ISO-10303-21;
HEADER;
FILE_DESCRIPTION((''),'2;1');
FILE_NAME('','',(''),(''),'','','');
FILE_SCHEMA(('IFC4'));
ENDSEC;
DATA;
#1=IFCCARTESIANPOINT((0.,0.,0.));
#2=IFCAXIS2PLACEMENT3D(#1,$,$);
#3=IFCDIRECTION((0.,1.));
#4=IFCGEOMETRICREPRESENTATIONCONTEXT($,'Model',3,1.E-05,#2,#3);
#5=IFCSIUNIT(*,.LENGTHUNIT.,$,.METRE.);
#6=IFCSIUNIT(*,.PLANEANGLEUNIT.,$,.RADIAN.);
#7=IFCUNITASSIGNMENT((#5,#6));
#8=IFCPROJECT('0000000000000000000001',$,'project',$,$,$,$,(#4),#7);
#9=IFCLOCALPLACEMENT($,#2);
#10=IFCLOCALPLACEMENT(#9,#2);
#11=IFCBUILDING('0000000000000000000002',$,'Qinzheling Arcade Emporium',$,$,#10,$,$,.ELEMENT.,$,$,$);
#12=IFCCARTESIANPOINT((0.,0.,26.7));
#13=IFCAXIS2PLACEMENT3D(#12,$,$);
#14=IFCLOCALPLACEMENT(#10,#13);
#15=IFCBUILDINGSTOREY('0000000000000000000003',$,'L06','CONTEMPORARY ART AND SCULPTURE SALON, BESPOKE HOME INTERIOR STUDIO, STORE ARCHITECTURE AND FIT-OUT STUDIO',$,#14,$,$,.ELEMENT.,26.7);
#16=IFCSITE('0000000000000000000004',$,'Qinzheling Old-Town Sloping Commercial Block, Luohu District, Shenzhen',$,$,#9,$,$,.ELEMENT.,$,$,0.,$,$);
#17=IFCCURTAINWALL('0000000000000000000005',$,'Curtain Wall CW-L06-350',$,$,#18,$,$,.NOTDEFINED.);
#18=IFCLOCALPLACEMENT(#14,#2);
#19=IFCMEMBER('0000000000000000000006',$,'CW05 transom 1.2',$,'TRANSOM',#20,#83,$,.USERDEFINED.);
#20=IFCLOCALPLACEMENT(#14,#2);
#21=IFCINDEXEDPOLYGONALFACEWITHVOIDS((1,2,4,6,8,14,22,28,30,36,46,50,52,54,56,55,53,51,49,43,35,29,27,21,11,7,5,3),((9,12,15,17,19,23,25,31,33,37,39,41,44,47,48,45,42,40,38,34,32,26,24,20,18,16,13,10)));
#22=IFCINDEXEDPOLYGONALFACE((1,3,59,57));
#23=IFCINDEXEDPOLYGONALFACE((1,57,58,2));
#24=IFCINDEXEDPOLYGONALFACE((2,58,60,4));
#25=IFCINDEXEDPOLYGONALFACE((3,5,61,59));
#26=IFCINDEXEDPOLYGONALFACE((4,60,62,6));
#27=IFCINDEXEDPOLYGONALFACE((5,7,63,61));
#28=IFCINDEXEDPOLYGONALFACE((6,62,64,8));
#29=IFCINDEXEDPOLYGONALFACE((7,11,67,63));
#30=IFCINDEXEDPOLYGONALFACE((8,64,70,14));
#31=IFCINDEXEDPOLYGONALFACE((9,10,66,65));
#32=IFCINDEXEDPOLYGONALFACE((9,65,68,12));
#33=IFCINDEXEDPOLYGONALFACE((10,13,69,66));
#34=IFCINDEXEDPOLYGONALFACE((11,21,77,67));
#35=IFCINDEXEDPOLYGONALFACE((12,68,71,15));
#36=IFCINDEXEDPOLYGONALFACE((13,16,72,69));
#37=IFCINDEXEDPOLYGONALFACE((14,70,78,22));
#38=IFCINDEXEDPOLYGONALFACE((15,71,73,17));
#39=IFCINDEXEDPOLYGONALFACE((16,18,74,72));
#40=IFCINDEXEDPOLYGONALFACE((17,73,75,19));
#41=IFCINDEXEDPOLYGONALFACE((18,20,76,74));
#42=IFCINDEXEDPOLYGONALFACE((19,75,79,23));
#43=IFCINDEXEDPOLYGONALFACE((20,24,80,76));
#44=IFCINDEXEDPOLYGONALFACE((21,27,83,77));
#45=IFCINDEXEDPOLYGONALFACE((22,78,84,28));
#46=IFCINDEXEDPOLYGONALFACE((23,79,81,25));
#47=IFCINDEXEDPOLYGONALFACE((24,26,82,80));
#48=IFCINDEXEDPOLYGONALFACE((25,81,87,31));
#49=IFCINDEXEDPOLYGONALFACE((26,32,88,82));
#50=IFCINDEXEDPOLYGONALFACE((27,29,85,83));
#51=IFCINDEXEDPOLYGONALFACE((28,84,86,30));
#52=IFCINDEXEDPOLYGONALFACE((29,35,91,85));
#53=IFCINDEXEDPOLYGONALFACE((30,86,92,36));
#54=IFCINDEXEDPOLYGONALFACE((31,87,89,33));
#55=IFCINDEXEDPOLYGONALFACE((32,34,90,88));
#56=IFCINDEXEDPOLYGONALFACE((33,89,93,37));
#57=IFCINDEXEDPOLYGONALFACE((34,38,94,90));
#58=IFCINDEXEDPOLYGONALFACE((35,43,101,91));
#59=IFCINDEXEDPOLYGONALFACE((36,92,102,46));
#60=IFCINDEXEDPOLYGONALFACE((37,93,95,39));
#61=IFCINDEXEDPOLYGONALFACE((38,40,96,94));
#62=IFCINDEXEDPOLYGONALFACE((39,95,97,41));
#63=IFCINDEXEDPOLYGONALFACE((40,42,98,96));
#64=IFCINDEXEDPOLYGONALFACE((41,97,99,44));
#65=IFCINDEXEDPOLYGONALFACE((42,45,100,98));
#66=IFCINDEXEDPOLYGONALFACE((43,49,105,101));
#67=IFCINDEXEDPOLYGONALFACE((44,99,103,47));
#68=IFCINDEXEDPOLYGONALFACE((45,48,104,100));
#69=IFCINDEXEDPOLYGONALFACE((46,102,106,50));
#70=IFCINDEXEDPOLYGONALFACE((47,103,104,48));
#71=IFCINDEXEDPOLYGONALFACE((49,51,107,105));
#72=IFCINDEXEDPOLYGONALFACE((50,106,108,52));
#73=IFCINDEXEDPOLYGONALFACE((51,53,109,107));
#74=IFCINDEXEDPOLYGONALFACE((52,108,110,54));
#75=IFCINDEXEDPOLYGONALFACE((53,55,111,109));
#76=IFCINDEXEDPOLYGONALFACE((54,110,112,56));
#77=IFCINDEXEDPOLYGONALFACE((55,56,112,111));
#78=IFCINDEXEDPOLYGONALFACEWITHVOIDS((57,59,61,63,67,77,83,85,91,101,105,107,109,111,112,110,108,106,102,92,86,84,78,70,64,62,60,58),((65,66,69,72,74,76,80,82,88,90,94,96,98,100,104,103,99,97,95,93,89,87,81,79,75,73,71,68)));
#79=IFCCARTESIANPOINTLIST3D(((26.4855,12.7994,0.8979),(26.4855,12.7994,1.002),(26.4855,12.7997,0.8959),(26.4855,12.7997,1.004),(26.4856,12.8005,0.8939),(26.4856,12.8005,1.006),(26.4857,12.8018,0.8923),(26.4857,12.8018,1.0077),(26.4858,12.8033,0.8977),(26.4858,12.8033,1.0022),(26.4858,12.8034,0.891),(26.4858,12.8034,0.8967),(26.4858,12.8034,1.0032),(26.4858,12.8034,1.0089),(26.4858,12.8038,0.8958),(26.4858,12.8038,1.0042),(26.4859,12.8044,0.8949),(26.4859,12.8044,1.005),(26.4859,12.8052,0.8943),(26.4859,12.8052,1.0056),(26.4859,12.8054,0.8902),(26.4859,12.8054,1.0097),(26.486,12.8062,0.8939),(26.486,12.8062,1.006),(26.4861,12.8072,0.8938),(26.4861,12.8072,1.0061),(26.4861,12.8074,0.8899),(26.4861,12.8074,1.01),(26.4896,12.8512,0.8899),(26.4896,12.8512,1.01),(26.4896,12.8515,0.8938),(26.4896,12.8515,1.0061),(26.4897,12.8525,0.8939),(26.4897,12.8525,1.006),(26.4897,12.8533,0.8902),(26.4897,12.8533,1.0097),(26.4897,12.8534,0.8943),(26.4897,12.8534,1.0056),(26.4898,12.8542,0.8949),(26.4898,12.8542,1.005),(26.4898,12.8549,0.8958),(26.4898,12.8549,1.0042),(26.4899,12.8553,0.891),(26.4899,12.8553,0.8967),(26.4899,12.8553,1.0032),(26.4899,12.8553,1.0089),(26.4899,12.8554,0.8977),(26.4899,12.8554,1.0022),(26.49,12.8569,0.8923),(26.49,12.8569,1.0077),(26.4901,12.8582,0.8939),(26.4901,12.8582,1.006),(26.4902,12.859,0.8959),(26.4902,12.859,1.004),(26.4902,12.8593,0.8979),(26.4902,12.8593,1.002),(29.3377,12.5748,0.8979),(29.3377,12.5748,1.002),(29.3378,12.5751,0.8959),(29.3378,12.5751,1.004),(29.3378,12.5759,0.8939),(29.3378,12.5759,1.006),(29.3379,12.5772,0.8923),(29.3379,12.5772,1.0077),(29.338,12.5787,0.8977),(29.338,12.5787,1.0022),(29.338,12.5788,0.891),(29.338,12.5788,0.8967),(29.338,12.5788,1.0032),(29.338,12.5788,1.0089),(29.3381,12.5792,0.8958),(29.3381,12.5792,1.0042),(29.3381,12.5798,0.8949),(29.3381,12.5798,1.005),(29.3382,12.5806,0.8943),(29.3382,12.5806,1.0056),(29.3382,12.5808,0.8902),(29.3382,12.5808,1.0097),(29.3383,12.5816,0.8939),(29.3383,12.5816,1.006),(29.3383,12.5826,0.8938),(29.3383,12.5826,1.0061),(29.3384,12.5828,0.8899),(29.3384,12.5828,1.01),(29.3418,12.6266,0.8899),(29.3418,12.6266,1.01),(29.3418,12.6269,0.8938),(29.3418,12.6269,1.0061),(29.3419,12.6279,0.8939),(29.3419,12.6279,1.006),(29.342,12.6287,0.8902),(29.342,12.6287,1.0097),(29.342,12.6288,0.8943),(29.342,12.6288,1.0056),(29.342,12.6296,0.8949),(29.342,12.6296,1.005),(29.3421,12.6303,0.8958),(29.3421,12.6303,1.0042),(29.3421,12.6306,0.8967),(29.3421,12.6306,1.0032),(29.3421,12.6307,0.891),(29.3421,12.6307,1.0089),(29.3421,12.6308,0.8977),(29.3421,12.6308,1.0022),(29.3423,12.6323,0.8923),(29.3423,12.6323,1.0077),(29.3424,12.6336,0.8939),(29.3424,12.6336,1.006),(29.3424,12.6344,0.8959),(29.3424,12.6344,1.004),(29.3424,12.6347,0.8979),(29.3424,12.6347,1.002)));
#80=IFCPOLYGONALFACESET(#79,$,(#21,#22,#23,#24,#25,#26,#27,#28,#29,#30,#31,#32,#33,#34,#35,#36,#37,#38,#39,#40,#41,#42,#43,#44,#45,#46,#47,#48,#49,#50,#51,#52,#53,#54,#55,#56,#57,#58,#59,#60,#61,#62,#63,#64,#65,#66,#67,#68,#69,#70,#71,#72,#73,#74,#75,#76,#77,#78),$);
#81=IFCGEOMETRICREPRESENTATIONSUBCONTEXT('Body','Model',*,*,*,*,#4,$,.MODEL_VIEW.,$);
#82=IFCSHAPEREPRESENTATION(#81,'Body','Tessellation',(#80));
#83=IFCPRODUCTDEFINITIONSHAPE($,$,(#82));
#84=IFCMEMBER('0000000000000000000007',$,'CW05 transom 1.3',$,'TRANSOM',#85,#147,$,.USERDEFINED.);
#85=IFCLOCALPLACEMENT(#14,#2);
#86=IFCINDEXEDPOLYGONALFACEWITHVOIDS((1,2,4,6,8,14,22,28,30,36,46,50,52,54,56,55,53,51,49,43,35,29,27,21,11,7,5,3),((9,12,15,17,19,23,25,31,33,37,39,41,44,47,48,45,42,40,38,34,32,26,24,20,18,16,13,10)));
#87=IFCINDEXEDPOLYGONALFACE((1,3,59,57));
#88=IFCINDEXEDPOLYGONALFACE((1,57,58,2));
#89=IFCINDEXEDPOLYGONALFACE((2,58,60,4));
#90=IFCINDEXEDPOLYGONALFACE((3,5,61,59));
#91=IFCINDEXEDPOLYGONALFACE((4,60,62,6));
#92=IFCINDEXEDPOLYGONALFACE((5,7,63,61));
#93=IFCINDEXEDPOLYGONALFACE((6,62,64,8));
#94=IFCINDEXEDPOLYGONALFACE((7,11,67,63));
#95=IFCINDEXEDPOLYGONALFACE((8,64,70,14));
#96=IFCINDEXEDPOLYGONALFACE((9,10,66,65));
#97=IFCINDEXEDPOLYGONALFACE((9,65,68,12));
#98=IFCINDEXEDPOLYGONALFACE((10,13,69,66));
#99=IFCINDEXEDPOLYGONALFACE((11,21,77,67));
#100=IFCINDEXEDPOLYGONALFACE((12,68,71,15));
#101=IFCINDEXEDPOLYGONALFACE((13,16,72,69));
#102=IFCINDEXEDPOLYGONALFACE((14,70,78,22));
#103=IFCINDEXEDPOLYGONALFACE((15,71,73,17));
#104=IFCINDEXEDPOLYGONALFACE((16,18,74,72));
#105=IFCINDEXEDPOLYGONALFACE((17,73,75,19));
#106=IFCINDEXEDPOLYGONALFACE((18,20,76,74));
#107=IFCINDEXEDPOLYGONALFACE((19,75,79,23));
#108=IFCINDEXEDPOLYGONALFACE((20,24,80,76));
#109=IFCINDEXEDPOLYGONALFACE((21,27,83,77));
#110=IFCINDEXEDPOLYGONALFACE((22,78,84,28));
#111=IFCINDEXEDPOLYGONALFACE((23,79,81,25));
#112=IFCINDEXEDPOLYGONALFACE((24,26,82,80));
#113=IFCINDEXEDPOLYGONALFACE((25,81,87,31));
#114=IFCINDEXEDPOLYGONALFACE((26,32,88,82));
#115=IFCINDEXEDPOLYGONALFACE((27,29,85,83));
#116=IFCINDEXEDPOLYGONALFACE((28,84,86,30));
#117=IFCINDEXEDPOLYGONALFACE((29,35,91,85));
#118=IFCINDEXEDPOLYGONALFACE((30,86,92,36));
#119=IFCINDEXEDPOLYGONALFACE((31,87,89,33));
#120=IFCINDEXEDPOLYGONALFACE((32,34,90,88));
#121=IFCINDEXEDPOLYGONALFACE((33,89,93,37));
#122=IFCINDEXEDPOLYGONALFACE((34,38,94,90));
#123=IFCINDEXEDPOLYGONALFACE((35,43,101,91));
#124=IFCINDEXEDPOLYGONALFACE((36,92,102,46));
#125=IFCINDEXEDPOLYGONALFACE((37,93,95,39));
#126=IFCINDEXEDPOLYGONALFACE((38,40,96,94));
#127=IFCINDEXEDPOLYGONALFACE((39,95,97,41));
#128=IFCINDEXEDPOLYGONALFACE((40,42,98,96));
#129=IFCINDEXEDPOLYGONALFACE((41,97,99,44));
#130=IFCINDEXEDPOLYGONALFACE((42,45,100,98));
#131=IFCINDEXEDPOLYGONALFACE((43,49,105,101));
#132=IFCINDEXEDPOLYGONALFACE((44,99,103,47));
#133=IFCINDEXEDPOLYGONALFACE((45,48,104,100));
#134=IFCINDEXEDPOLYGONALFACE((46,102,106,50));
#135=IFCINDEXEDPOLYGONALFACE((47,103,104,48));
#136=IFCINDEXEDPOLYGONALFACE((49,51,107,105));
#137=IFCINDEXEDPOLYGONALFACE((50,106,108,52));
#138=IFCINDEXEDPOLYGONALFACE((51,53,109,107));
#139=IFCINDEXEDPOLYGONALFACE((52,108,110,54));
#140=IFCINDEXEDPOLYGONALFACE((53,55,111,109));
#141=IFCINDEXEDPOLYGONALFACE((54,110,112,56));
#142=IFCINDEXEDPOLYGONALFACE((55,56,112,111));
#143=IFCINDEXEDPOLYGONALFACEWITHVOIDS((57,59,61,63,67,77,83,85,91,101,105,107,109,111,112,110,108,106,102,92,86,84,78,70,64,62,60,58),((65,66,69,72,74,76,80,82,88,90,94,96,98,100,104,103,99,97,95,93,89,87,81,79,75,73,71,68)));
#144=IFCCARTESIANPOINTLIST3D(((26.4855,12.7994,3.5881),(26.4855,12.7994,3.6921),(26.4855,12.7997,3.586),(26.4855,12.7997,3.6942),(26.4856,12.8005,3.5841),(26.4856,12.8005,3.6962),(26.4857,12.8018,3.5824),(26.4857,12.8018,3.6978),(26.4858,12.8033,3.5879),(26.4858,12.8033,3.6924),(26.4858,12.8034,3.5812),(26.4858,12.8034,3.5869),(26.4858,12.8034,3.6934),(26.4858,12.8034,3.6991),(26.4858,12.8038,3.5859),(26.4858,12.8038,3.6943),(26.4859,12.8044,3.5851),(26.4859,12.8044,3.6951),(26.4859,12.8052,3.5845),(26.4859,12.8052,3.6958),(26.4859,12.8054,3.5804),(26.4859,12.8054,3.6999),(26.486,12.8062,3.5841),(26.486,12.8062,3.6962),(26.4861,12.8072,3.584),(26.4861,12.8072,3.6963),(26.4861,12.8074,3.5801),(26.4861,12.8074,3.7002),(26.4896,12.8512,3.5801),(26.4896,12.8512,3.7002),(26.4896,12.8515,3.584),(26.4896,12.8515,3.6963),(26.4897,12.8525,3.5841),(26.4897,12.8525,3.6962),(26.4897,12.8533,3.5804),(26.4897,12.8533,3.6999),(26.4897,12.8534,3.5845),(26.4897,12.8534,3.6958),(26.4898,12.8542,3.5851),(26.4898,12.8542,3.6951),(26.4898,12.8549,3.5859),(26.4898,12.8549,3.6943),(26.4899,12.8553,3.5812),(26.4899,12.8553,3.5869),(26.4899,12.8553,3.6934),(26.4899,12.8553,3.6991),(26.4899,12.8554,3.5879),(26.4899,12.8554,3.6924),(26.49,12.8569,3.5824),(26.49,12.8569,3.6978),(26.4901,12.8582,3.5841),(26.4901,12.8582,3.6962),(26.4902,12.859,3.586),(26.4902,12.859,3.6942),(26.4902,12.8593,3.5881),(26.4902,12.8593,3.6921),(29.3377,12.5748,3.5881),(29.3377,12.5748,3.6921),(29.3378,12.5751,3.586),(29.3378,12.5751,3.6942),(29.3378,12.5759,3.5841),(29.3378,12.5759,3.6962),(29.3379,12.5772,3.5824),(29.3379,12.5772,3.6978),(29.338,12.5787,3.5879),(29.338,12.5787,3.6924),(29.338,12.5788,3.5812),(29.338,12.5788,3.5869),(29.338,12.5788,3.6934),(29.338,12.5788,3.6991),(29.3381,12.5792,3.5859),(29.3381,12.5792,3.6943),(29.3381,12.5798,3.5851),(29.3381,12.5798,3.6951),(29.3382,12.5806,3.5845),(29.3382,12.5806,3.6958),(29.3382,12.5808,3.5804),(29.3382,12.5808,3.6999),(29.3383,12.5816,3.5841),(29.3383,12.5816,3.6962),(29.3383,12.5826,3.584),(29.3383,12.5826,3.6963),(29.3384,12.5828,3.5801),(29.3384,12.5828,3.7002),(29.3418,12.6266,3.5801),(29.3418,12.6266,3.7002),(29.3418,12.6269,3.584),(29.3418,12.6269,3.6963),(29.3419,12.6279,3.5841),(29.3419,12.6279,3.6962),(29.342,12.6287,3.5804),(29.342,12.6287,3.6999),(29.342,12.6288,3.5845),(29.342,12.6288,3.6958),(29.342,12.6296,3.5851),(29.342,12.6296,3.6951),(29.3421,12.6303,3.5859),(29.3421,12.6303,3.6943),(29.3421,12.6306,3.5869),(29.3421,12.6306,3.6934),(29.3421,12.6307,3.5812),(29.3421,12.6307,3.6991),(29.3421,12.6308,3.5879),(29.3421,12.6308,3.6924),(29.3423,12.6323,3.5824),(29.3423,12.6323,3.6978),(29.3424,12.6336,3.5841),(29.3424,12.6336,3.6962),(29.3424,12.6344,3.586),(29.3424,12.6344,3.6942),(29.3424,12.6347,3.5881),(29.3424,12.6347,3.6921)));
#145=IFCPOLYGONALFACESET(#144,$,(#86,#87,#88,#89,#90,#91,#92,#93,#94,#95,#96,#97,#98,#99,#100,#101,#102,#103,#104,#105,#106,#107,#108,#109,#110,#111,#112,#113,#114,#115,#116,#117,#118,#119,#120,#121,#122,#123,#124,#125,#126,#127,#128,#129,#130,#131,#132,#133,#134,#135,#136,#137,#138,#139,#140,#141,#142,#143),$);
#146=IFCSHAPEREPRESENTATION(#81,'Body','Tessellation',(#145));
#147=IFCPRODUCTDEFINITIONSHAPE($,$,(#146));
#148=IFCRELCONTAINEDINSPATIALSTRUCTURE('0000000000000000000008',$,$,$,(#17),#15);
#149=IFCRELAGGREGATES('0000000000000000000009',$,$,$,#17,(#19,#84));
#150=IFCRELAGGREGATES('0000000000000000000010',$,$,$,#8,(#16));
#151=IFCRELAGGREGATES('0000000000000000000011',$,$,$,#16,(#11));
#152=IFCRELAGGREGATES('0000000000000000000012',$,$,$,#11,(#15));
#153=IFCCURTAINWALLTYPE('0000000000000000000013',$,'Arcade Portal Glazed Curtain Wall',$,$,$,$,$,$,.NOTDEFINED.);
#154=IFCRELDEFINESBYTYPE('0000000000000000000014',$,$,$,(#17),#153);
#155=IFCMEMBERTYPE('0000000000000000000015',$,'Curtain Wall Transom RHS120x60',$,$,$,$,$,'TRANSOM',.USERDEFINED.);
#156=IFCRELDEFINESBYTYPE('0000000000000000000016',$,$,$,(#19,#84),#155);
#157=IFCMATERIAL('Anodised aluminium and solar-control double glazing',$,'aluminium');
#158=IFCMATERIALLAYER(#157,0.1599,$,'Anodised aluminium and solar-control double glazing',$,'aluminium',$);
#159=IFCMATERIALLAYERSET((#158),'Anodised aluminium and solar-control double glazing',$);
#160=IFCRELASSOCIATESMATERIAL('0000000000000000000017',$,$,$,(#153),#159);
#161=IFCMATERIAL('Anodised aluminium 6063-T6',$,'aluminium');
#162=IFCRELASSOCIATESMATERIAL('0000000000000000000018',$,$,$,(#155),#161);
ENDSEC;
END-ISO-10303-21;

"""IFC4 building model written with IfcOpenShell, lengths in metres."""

from ifc_helpers import new_model, si_unit, direction, frame, origin, origin_2d, place, context, subcontext, project, spatial, hollow_rectangle, extrude, material, layer, layer_set, material_profile, profile_set, type_object, element, aggregate, save


model = new_model("IFC4")

# Units and contexts
model_context = context("Model", 3, precision=1e-05, world=origin(), true_north=direction((0.0, 1.0)))
body_context = subcontext(model_context, "Body", "Model", "MODEL_VIEW")
ifc_project = project(units=[si_unit("LENGTHUNIT", "METRE"), si_unit("PLANEANGLEUNIT", "RADIAN")], contexts=[model_context])

# Site, building, storey
site_placement = place(None, origin())
site = spatial("IfcSite", under=ifc_project, at=site_placement, Name="Qinzheling Old-Town Sloping Commercial Block, Luohu District, Shenzhen", CompositionType="ELEMENT", RefElevation=0.0)
building_placement = place(site_placement, origin())
building = spatial("IfcBuilding", under=site, at=building_placement, Name="Qinzheling Arcade Emporium", CompositionType="ELEMENT")
storey_placement = place(building_placement, frame((0.0, 0.0, 26.7)))
storey = spatial("IfcBuildingStorey", under=building, at=storey_placement, Name="L06", Description="CONTEMPORARY ART AND SCULPTURE SALON, BESPOKE HOME INTERIOR STUDIO, STORE ARCHITECTURE AND FIT-OUT STUDIO", CompositionType="ELEMENT", Elevation=26.7)

# Curtain wall
ifc_material_1 = material(Name="Anodised aluminium and solar-control double glazing", Category="aluminium")
ifc_layer_1 = layer(ifc_material_1, 0.1599, Name="Anodised aluminium and solar-control double glazing", Category="aluminium")
ifc_layer_set_1 = layer_set([ifc_layer_1], Name="Anodised aluminium and solar-control double glazing")
curtain_wall_type_1 = type_object("IfcCurtainWallType", Name="Arcade Portal Glazed Curtain Wall", PredefinedType="NOTDEFINED", material=ifc_layer_set_1)
ifc_material_2 = material(Name="Anodised aluminium 6063-T6", Category="aluminium")
curtain_wall_1_placement = place(storey_placement, origin())
curtain_wall_1 = element("IfcCurtainWall", 1, at=curtain_wall_1_placement, inside=storey, type_object=curtain_wall_type_1, Name="Curtain Wall CW-L06-350", PredefinedType="NOTDEFINED")

# Members
ifc_material_profile_1 = material_profile(ifc_material_2, hollow_rectangle(XDim=0.0601, YDim=0.1201, WallThickness=0.0039, InnerFilletRadius=0.0039, OuterFilletRadius=0.0081, at=origin_2d()), Name="RHS 120x60x4", Category="aluminium")
ifc_profile_set_1 = profile_set([ifc_material_profile_1], Name="Anodised aluminium 6063-T6")
member_type_1 = type_object("IfcMemberType", Name="Curtain Wall Transom RHS120x60", ElementType="TRANSOM", PredefinedType="USERDEFINED", material=ifc_profile_set_1)
member_1_placement = place(storey_placement, frame((29.3401, 12.6047, 0.95), z_axis=(-0.996914, 0.078504, 0.0), x_axis=(-0.078504, -0.996914, 0.0)))
member_1 = element("IfcMember", 2, at=member_1_placement, type_object=member_type_1, Name="CW05 transom 1.2", ObjectType="TRANSOM", PredefinedType="USERDEFINED", context=body_context, shape_type="SweptSolid", body=[
    extrude(hollow_rectangle(XDim=0.0601, YDim=0.1201, WallThickness=0.0039, InnerFilletRadius=0.0039, OuterFilletRadius=0.0081, at=origin_2d()), origin(), (0.0, 0.0, 1.0), 2.8611),
])
member_2_placement = place(storey_placement, frame((29.3401, 12.6047, 3.6401), z_axis=(-0.996914, 0.078504, 0.0), x_axis=(-0.078504, -0.996914, 0.0)))
member_2 = element("IfcMember", 3, at=member_2_placement, type_object=member_type_1, Name="CW05 transom 1.3", ObjectType="TRANSOM", PredefinedType="USERDEFINED", context=body_context, shape_type="SweptSolid", body=[
    extrude(hollow_rectangle(XDim=0.0601, YDim=0.1201, WallThickness=0.0039, InnerFilletRadius=0.0039, OuterFilletRadius=0.0081, at=origin_2d()), origin(), (0.0, 0.0, 1.0), 2.8611),
])

aggregate(curtain_wall_1, [member_1, member_2])

save(model, "model.ifc")
